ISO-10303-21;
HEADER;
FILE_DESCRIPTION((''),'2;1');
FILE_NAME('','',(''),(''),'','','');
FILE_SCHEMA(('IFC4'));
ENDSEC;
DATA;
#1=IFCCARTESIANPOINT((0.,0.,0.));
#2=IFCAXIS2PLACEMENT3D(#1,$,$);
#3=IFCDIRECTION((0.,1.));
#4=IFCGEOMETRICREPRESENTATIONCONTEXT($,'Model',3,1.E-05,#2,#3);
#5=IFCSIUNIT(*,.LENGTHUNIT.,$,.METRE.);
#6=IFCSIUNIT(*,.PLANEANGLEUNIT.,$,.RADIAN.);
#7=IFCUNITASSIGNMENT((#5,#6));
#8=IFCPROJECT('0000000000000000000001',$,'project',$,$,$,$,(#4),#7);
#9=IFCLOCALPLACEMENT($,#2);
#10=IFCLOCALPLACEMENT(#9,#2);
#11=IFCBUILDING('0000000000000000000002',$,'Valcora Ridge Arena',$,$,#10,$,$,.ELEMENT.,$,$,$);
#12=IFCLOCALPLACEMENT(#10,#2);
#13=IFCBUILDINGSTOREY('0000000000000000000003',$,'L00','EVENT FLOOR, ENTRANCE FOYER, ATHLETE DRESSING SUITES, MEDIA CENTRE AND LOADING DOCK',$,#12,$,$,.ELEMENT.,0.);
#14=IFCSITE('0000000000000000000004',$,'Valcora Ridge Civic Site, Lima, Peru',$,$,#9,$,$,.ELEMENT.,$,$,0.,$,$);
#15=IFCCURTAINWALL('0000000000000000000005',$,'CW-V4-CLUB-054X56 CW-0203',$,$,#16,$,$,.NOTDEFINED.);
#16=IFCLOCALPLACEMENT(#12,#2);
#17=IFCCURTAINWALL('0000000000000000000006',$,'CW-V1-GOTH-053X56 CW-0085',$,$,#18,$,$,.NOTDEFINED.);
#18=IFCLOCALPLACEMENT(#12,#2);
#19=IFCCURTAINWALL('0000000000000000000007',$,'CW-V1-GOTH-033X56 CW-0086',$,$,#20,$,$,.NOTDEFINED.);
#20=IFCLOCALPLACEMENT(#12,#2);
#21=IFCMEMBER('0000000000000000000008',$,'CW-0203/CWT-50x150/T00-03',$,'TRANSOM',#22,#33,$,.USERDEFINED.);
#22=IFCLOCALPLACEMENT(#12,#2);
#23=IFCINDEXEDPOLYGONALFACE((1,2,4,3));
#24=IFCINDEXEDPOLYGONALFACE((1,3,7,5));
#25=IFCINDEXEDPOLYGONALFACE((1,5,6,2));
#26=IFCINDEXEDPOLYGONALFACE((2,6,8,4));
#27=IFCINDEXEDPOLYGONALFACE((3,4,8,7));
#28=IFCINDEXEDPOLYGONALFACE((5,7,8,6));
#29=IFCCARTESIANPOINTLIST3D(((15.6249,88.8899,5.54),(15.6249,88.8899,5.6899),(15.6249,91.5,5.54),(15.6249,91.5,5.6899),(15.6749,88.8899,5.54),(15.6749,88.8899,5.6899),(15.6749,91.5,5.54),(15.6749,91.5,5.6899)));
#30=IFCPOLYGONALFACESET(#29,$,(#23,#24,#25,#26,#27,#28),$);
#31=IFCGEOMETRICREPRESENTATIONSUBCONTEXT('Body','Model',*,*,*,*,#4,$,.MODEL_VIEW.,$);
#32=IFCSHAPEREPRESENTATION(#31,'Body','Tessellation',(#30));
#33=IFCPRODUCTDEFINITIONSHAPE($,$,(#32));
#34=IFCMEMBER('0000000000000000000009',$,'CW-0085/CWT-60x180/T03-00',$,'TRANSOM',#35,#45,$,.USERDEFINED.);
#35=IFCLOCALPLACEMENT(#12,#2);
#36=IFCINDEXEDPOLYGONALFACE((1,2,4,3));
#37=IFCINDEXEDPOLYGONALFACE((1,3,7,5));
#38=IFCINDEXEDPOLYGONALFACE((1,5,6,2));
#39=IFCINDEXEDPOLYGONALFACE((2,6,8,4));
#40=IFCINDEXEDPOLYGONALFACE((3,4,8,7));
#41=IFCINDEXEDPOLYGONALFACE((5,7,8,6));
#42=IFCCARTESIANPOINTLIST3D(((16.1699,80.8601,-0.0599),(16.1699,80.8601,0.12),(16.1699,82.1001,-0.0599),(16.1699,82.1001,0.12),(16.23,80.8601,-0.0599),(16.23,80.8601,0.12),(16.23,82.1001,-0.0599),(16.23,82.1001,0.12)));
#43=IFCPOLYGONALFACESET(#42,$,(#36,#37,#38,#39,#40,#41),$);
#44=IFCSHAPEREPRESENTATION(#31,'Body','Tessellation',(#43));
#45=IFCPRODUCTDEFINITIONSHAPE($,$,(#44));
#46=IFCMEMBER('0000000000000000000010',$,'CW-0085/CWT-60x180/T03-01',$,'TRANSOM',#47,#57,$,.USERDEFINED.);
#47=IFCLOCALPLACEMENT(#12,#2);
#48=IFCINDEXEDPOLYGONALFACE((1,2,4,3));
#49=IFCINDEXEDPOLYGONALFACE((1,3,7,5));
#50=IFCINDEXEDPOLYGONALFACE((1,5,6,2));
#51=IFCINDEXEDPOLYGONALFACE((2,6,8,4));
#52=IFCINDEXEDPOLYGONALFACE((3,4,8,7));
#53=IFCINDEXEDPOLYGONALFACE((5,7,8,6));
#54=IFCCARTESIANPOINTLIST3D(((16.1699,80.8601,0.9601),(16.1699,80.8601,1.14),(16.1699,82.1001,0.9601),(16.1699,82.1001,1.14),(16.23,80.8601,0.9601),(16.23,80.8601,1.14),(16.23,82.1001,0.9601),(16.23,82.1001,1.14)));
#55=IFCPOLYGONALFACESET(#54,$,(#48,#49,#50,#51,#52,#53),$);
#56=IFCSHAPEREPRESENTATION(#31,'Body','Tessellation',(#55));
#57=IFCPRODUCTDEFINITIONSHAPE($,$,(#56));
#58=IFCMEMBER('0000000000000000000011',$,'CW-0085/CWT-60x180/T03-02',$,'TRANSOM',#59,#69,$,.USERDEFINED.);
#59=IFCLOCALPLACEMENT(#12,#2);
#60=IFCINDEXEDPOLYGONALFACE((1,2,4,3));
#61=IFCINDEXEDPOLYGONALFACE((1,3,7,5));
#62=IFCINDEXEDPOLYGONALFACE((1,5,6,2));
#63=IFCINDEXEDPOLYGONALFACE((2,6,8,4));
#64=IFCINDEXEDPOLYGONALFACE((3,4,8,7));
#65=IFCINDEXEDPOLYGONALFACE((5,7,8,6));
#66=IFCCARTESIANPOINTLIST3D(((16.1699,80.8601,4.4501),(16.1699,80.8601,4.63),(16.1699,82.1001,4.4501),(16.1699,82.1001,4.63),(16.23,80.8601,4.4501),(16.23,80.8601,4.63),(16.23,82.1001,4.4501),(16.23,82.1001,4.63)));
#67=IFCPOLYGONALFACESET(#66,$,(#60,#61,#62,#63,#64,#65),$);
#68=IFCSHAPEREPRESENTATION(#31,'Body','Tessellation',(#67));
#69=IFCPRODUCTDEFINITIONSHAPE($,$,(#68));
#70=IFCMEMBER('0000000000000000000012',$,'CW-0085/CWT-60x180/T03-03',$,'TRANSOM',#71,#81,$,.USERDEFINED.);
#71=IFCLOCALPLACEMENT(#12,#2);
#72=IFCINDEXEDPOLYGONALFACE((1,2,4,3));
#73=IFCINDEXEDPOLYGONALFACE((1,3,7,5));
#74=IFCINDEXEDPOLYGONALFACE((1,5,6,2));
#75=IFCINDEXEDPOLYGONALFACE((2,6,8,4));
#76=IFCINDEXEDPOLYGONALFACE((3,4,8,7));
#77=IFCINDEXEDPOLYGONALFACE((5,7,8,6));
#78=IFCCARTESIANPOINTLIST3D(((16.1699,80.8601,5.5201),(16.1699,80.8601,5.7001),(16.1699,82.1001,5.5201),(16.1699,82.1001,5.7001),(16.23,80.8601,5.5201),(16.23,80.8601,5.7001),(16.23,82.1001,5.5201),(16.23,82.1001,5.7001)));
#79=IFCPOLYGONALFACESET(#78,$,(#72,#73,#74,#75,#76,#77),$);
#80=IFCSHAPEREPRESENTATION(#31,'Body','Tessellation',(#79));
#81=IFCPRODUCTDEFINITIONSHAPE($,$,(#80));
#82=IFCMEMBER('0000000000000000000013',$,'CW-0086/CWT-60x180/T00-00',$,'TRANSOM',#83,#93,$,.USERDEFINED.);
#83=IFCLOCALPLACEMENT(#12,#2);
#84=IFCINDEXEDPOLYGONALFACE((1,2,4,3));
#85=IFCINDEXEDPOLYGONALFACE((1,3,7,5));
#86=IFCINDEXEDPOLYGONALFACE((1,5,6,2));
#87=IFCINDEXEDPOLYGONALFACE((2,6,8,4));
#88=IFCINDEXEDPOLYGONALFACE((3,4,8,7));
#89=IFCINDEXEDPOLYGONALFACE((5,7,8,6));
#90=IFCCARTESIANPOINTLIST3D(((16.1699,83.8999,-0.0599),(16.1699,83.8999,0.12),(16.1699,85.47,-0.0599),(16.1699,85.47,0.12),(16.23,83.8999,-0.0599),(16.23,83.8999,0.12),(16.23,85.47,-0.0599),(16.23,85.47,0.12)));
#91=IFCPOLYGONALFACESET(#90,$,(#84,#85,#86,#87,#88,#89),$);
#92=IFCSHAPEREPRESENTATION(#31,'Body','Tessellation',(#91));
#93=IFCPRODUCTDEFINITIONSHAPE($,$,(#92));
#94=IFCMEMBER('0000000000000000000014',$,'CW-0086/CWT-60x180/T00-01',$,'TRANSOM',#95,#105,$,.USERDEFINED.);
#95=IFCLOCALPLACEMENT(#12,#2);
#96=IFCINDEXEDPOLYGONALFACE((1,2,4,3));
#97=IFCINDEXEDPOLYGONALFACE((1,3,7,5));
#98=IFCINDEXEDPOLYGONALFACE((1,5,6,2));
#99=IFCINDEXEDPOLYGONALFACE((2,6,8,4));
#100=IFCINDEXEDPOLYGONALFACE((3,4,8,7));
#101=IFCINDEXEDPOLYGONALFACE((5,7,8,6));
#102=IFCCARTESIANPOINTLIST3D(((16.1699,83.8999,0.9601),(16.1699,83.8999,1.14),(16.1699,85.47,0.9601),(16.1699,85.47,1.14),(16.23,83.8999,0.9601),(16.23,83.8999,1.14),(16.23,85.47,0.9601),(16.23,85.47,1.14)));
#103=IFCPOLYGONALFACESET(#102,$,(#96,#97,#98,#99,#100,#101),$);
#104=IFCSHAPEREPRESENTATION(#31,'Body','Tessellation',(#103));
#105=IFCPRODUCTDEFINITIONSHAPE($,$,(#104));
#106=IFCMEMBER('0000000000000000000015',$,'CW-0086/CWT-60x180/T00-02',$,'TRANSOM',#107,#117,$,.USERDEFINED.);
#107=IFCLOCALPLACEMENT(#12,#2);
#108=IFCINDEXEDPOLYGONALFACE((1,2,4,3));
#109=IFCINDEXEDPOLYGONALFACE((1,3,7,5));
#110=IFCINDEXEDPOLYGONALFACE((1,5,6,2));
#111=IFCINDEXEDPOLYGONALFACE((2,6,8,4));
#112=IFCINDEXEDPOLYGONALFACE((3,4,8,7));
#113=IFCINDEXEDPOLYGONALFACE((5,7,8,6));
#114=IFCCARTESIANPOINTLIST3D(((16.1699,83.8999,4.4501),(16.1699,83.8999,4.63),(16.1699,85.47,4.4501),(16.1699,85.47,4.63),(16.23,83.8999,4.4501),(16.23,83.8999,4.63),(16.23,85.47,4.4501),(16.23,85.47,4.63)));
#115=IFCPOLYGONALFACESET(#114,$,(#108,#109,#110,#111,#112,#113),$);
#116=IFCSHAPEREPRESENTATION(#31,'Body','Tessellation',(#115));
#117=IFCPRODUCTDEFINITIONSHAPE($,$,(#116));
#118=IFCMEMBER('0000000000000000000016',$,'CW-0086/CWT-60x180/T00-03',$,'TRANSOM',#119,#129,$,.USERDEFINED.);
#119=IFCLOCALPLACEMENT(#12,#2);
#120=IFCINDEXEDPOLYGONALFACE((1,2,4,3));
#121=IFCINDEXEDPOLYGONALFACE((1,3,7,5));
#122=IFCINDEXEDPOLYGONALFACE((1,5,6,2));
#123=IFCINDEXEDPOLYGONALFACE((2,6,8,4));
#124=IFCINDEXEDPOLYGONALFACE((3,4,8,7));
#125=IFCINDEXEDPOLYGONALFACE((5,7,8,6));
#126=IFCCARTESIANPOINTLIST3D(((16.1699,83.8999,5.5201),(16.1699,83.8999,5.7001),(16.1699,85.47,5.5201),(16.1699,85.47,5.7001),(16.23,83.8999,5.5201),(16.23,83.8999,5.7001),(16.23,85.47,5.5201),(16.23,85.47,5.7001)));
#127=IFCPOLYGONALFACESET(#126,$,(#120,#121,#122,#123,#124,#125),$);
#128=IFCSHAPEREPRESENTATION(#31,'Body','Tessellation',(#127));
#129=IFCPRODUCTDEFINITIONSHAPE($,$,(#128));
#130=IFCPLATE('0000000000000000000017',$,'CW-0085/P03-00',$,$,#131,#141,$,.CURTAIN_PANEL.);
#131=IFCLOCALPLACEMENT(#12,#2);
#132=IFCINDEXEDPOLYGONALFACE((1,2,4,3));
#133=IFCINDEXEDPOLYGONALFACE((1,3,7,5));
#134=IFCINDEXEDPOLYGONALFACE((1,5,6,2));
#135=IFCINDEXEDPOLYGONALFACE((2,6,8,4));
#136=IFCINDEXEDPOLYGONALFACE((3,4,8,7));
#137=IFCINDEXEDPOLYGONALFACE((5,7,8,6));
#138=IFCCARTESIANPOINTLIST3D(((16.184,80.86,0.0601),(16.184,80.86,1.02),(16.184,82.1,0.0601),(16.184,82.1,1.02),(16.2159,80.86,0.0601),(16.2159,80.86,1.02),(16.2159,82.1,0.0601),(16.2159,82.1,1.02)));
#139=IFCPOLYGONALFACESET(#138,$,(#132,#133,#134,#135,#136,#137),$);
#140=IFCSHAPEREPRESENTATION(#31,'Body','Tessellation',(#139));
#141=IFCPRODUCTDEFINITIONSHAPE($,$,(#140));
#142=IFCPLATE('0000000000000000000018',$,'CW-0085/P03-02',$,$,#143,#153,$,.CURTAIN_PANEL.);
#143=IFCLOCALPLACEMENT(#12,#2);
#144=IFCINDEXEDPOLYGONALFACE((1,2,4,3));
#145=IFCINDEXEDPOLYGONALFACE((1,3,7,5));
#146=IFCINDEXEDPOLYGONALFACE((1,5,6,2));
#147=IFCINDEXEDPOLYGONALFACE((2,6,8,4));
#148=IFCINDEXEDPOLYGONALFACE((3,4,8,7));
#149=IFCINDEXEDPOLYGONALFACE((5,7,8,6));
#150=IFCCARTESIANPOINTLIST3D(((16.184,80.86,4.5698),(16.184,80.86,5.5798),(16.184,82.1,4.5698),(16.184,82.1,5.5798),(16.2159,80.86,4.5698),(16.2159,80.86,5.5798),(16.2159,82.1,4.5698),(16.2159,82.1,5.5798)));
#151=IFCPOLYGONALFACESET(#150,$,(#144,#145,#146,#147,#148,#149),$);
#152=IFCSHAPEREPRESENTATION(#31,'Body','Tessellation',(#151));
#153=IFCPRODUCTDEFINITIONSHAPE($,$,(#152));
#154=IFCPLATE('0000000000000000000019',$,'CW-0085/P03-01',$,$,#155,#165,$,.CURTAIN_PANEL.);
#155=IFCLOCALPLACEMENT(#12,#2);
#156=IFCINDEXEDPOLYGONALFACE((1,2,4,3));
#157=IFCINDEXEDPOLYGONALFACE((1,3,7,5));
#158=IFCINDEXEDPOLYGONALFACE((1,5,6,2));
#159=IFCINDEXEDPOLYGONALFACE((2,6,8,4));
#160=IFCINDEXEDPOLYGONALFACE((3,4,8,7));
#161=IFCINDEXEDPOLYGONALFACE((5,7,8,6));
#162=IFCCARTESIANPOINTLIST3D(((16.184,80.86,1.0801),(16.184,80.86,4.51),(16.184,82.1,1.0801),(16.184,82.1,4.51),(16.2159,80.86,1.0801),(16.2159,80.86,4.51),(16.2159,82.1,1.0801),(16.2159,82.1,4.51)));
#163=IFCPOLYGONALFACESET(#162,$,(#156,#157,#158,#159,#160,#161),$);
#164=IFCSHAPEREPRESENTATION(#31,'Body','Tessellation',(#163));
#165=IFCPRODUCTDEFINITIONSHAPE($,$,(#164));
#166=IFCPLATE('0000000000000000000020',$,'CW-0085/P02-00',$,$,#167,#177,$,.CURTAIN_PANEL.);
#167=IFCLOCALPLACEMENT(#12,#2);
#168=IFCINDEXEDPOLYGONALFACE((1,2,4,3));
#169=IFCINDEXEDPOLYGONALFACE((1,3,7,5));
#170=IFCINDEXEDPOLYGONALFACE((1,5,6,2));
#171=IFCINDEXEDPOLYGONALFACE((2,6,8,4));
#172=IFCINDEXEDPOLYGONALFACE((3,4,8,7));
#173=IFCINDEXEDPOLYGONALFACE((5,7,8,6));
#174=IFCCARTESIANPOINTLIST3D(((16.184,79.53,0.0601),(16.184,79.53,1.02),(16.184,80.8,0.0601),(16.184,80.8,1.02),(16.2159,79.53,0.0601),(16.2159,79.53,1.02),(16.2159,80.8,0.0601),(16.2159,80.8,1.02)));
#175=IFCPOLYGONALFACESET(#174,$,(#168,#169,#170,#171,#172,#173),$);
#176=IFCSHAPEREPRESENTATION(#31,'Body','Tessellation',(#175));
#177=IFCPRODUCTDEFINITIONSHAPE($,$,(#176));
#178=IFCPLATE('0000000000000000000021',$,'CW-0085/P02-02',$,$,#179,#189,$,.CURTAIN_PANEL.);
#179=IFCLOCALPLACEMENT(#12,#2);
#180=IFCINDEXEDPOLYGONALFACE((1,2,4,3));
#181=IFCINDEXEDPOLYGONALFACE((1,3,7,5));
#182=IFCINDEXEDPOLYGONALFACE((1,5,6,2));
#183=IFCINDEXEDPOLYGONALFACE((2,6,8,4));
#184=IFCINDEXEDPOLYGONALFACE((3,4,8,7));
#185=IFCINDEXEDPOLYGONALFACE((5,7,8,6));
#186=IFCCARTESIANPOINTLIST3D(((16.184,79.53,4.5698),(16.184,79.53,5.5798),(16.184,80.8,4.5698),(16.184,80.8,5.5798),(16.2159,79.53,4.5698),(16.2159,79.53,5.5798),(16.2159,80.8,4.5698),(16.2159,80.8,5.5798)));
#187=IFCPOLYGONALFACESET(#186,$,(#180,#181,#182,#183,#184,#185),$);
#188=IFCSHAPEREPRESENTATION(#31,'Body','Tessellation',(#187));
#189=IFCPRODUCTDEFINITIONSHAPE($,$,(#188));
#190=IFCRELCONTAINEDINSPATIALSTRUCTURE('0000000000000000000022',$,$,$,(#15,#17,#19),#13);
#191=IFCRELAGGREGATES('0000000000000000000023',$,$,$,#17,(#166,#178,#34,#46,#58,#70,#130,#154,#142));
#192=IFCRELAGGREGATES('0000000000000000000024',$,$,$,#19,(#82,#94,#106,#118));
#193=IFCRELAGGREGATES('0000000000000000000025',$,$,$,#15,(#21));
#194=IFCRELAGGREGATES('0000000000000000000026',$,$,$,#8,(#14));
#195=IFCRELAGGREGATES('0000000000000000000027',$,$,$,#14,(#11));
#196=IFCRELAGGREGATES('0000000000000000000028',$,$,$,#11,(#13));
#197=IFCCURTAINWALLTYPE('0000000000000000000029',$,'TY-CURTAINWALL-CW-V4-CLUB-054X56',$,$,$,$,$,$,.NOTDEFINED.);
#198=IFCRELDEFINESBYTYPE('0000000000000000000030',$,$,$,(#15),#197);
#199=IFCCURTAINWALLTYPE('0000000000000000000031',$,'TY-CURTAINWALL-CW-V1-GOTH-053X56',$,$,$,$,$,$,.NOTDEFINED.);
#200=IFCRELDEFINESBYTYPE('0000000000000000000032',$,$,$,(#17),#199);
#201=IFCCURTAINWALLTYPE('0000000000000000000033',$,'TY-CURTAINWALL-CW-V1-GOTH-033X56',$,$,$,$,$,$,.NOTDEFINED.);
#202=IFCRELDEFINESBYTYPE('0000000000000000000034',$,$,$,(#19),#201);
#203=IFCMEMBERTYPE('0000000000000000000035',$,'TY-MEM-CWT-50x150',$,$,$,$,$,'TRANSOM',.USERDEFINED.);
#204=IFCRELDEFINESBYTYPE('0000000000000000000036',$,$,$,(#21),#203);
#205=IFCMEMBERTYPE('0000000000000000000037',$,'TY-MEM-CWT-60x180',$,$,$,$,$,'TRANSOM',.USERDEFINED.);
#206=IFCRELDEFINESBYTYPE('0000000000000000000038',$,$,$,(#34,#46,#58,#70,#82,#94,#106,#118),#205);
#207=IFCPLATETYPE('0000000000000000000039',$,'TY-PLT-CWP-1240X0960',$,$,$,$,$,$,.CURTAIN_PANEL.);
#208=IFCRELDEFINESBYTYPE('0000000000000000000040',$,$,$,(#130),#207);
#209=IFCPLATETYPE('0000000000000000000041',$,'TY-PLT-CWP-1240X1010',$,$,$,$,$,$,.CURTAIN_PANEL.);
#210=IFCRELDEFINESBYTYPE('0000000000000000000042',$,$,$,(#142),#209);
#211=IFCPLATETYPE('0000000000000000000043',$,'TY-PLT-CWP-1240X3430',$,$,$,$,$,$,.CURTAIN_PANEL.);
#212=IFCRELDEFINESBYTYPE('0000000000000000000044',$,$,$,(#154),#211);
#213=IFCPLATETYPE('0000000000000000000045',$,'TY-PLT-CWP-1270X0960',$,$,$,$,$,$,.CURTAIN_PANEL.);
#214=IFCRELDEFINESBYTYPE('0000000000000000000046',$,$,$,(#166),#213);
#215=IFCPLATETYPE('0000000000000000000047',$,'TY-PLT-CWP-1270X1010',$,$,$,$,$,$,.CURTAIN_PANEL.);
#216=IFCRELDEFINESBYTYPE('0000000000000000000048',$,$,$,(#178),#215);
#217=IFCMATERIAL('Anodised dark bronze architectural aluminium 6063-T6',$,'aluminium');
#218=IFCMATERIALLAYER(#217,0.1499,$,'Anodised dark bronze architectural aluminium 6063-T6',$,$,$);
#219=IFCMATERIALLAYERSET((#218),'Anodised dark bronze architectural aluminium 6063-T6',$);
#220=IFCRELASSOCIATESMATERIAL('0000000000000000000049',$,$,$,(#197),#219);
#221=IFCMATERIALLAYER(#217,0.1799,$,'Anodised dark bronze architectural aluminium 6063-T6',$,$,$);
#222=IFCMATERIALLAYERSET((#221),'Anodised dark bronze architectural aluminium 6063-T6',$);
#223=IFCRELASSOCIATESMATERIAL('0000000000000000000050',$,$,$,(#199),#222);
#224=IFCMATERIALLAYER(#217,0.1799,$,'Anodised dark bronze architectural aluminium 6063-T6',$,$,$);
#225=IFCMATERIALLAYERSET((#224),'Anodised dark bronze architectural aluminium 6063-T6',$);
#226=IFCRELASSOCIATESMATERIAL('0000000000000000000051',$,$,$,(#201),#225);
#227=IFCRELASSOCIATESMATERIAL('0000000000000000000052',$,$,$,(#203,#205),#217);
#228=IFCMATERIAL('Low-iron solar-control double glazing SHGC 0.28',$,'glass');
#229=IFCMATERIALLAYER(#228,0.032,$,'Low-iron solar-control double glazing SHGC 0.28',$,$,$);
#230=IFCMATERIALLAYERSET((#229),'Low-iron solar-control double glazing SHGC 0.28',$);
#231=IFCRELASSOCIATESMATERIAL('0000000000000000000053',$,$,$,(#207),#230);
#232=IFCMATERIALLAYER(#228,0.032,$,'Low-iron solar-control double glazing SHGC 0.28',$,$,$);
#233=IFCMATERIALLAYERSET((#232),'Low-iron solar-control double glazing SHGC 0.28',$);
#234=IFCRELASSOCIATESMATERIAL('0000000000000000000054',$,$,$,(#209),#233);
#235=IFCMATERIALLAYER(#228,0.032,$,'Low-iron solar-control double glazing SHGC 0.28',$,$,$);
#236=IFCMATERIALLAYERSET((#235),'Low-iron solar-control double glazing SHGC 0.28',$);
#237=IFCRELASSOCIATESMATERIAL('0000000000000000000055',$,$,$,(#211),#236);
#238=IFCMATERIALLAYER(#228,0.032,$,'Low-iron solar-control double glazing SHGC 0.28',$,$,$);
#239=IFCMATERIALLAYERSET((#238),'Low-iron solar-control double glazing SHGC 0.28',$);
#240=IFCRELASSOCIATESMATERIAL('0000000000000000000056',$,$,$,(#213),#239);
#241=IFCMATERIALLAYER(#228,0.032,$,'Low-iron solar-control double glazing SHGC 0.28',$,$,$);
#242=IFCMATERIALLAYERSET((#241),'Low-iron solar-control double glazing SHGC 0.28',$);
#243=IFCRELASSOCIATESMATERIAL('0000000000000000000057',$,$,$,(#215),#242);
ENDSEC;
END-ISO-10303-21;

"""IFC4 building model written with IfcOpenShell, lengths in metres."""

from ifc_helpers import new_model, si_unit, direction, frame, origin, origin_2d, place, context, subcontext, project, spatial, rectangle, extrude, material, layer, layer_set, material_profile, profile_set, type_object, element, aggregate, save


model = new_model("IFC4")

# Units and contexts
model_context = context("Model", 3, precision=1e-05, world=origin(), true_north=direction((0.0, 1.0)))
body_context = subcontext(model_context, "Body", "Model", "MODEL_VIEW")
ifc_project = project(units=[si_unit("LENGTHUNIT", "METRE"), si_unit("PLANEANGLEUNIT", "RADIAN")], contexts=[model_context])

# Site, building, storey
site_placement = place(None, origin())
site = spatial("IfcSite", under=ifc_project, at=site_placement, Name="Valcora Ridge Civic Site, Lima, Peru", CompositionType="ELEMENT", RefElevation=0.0)
building_placement = place(site_placement, origin())
building = spatial("IfcBuilding", under=site, at=building_placement, Name="Valcora Ridge Arena", CompositionType="ELEMENT")
storey_placement = place(building_placement, origin())
storey = spatial("IfcBuildingStorey", under=building, at=storey_placement, Name="L00", Description="EVENT FLOOR, ENTRANCE FOYER, ATHLETE DRESSING SUITES, MEDIA CENTRE AND LOADING DOCK", CompositionType="ELEMENT", Elevation=0.0)

# Shared definitions
ifc_material_1 = material(Name="Anodised dark bronze architectural aluminium 6063-T6", Category="aluminium")

# Curtain wall
ifc_layer_1 = layer(ifc_material_1, 0.1499, Name="Anodised dark bronze architectural aluminium 6063-T6")
ifc_layer_set_1 = layer_set([ifc_layer_1], Name="Anodised dark bronze architectural aluminium 6063-T6")
curtain_wall_type_1 = type_object("IfcCurtainWallType", Name="TY-CURTAINWALL-CW-V4-CLUB-054X56", PredefinedType="NOTDEFINED", material=ifc_layer_set_1)
curtain_wall_1_placement = place(storey_placement, origin())
curtain_wall_1 = element("IfcCurtainWall", 1, at=curtain_wall_1_placement, inside=storey, type_object=curtain_wall_type_1, Name="CW-V4-CLUB-054X56 CW-0203", PredefinedType="NOTDEFINED")

# Curtain wall
ifc_layer_2 = layer(ifc_material_1, 0.1799, Name="Anodised dark bronze architectural aluminium 6063-T6")
ifc_layer_set_2 = layer_set([ifc_layer_2], Name="Anodised dark bronze architectural aluminium 6063-T6")
curtain_wall_type_2 = type_object("IfcCurtainWallType", Name="TY-CURTAINWALL-CW-V1-GOTH-053X56", PredefinedType="NOTDEFINED", material=ifc_layer_set_2)
curtain_wall_2_placement = place(storey_placement, origin())
curtain_wall_2 = element("IfcCurtainWall", 2, at=curtain_wall_2_placement, inside=storey, type_object=curtain_wall_type_2, Name="CW-V1-GOTH-053X56 CW-0085", PredefinedType="NOTDEFINED")

# Curtain wall
ifc_layer_3 = layer(ifc_material_1, 0.1799, Name="Anodised dark bronze architectural aluminium 6063-T6")
ifc_layer_set_3 = layer_set([ifc_layer_3], Name="Anodised dark bronze architectural aluminium 6063-T6")
curtain_wall_type_3 = type_object("IfcCurtainWallType", Name="TY-CURTAINWALL-CW-V1-GOTH-033X56", PredefinedType="NOTDEFINED", material=ifc_layer_set_3)
curtain_wall_3_placement = place(storey_placement, origin())
curtain_wall_3 = element("IfcCurtainWall", 3, at=curtain_wall_3_placement, inside=storey, type_object=curtain_wall_type_3, Name="CW-V1-GOTH-033X56 CW-0086", PredefinedType="NOTDEFINED")

# Members
ifc_material_profile_1 = material_profile(ifc_material_1, rectangle(XDim=0.05, YDim=0.1499, at=origin_2d()), Name="ALU TRANSOM 50x150")
ifc_profile_set_1 = profile_set([ifc_material_profile_1], Name="Anodised dark bronze architectural aluminium 6063-T6")
member_type_1 = type_object("IfcMemberType", Name="TY-MEM-CWT-50x150", ElementType="TRANSOM", PredefinedType="USERDEFINED", material=ifc_profile_set_1)
member_1_placement = place(storey_placement, frame((15.6499, 88.8899, 5.615), z_axis=(0.0, 1.0, 0.0), x_axis=(-1.0, 0.0, 0.0)))
member_1 = element("IfcMember", 4, at=member_1_placement, type_object=member_type_1, Name="CW-0203/CWT-50x150/T00-03", ObjectType="TRANSOM", PredefinedType="USERDEFINED", context=body_context, shape_type="SweptSolid", body=[
    extrude(rectangle(XDim=0.05, YDim=0.1499, at=origin_2d()), origin(), (0.0, 0.0, 1.0), 2.6101),
])
ifc_material_profile_2 = material_profile(ifc_material_1, rectangle(XDim=0.0601, YDim=0.1799, at=origin_2d()), Name="ALU TRANSOM 60x180")
ifc_profile_set_2 = profile_set([ifc_material_profile_2], Name="Anodised dark bronze architectural aluminium 6063-T6")
member_type_2 = type_object("IfcMemberType", Name="TY-MEM-CWT-60x180", ElementType="TRANSOM", PredefinedType="USERDEFINED", material=ifc_profile_set_2)
member_2_placement = place(storey_placement, frame((16.2, 80.8601, 0.03), z_axis=(0.0, 1.0, 0.0), x_axis=(-1.0, 0.0, 0.0)))
member_2 = element("IfcMember", 5, at=member_2_placement, type_object=member_type_2, Name="CW-0085/CWT-60x180/T03-00", ObjectType="TRANSOM", PredefinedType="USERDEFINED", context=body_context, shape_type="SweptSolid", body=[
    extrude(rectangle(XDim=0.0601, YDim=0.1799, at=origin_2d()), origin(), (0.0, 0.0, 1.0), 1.24),
])
member_3_placement = place(storey_placement, frame((16.2, 80.8601, 1.05), z_axis=(0.0, 1.0, 0.0), x_axis=(-1.0, 0.0, 0.0)))
member_3 = element("IfcMember", 6, at=member_3_placement, type_object=member_type_2, Name="CW-0085/CWT-60x180/T03-01", ObjectType="TRANSOM", PredefinedType="USERDEFINED", context=body_context, shape_type="SweptSolid", body=[
    extrude(rectangle(XDim=0.0601, YDim=0.1799, at=origin_2d()), origin(), (0.0, 0.0, 1.0), 1.24),
])
member_4_placement = place(storey_placement, frame((16.2, 80.8601, 4.54), z_axis=(0.0, 1.0, 0.0), x_axis=(-1.0, 0.0, 0.0)))
member_4 = element("IfcMember", 7, at=member_4_placement, type_object=member_type_2, Name="CW-0085/CWT-60x180/T03-02", ObjectType="TRANSOM", PredefinedType="USERDEFINED", context=body_context, shape_type="SweptSolid", body=[
    extrude(rectangle(XDim=0.0601, YDim=0.1799, at=origin_2d()), origin(), (0.0, 0.0, 1.0), 1.24),
])
member_5_placement = place(storey_placement, frame((16.2, 80.8601, 5.6101), z_axis=(0.0, 1.0, 0.0), x_axis=(-1.0, 0.0, 0.0)))
member_5 = element("IfcMember", 8, at=member_5_placement, type_object=member_type_2, Name="CW-0085/CWT-60x180/T03-03", ObjectType="TRANSOM", PredefinedType="USERDEFINED", context=body_context, shape_type="SweptSolid", body=[
    extrude(rectangle(XDim=0.0601, YDim=0.1799, at=origin_2d()), origin(), (0.0, 0.0, 1.0), 1.24),
])
member_6_placement = place(storey_placement, frame((16.2, 83.8999, 0.03), z_axis=(0.0, 1.0, 0.0), x_axis=(-1.0, 0.0, 0.0)))
member_6 = element("IfcMember", 9, at=member_6_placement, type_object=member_type_2, Name="CW-0086/CWT-60x180/T00-00", ObjectType="TRANSOM", PredefinedType="USERDEFINED", context=body_context, shape_type="SweptSolid", body=[
    extrude(rectangle(XDim=0.0601, YDim=0.1799, at=origin_2d()), origin(), (0.0, 0.0, 1.0), 1.5701),
])
member_7_placement = place(storey_placement, frame((16.2, 83.8999, 1.05), z_axis=(0.0, 1.0, 0.0), x_axis=(-1.0, 0.0, 0.0)))
member_7 = element("IfcMember", 10, at=member_7_placement, type_object=member_type_2, Name="CW-0086/CWT-60x180/T00-01", ObjectType="TRANSOM", PredefinedType="USERDEFINED", context=body_context, shape_type="SweptSolid", body=[
    extrude(rectangle(XDim=0.0601, YDim=0.1799, at=origin_2d()), origin(), (0.0, 0.0, 1.0), 1.5701),
])
member_8_placement = place(storey_placement, frame((16.2, 83.8999, 4.54), z_axis=(0.0, 1.0, 0.0), x_axis=(-1.0, 0.0, 0.0)))
member_8 = element("IfcMember", 11, at=member_8_placement, type_object=member_type_2, Name="CW-0086/CWT-60x180/T00-02", ObjectType="TRANSOM", PredefinedType="USERDEFINED", context=body_context, shape_type="SweptSolid", body=[
    extrude(rectangle(XDim=0.0601, YDim=0.1799, at=origin_2d()), origin(), (0.0, 0.0, 1.0), 1.5701),
])
member_9_placement = place(storey_placement, frame((16.2, 83.8999, 5.6101), z_axis=(0.0, 1.0, 0.0), x_axis=(-1.0, 0.0, 0.0)))
member_9 = element("IfcMember", 12, at=member_9_placement, type_object=member_type_2, Name="CW-0086/CWT-60x180/T00-03", ObjectType="TRANSOM", PredefinedType="USERDEFINED", context=body_context, shape_type="SweptSolid", body=[
    extrude(rectangle(XDim=0.0601, YDim=0.1799, at=origin_2d()), origin(), (0.0, 0.0, 1.0), 1.5701),
])

# Plates
ifc_material_2 = material(Name="Low-iron solar-control double glazing SHGC 0.28", Category="glass")
ifc_layer_4 = layer(ifc_material_2, 0.032, Name="Low-iron solar-control double glazing SHGC 0.28")
ifc_layer_set_4 = layer_set([ifc_layer_4], Name="Low-iron solar-control double glazing SHGC 0.28")
plate_type_1 = type_object("IfcPlateType", Name="TY-PLT-CWP-1240X0960", PredefinedType="CURTAIN_PANEL", material=ifc_layer_set_4)
plate_1_placement = place(storey_placement, frame((16.2, 81.48, 0.0601), z_axis=(0.0, 0.0, 1.0), x_axis=(0.0, 1.0, 0.0)))
plate_1 = element("IfcPlate", 13, at=plate_1_placement, type_object=plate_type_1, Name="CW-0085/P03-00", PredefinedType="CURTAIN_PANEL", context=body_context, shape_type="SweptSolid", body=[
    extrude(rectangle(XDim=1.24, YDim=0.032, at=origin_2d()), origin(), (0.0, 0.0, 1.0), 0.96),
])
ifc_layer_5 = layer(ifc_material_2, 0.032, Name="Low-iron solar-control double glazing SHGC 0.28")
ifc_layer_set_5 = layer_set([ifc_layer_5], Name="Low-iron solar-control double glazing SHGC 0.28")
plate_type_2 = type_object("IfcPlateType", Name="TY-PLT-CWP-1240X1010", PredefinedType="CURTAIN_PANEL", material=ifc_layer_set_5)
plate_2_placement = place(storey_placement, frame((16.2, 81.48, 4.5698), z_axis=(0.0, 0.0, 1.0), x_axis=(0.0, 1.0, 0.0)))
plate_2 = element("IfcPlate", 14, at=plate_2_placement, type_object=plate_type_2, Name="CW-0085/P03-02", PredefinedType="CURTAIN_PANEL", context=body_context, shape_type="SweptSolid", body=[
    extrude(rectangle(XDim=1.24, YDim=0.032, at=origin_2d()), origin(), (0.0, 0.0, 1.0), 1.01),
])
ifc_layer_6 = layer(ifc_material_2, 0.032, Name="Low-iron solar-control double glazing SHGC 0.28")
ifc_layer_set_6 = layer_set([ifc_layer_6], Name="Low-iron solar-control double glazing SHGC 0.28")
plate_type_3 = type_object("IfcPlateType", Name="TY-PLT-CWP-1240X3430", PredefinedType="CURTAIN_PANEL", material=ifc_layer_set_6)
plate_3_placement = place(storey_placement, frame((16.2, 81.48, 1.0801), z_axis=(0.0, 0.0, 1.0), x_axis=(0.0, 1.0, 0.0)))
plate_3 = element("IfcPlate", 15, at=plate_3_placement, type_object=plate_type_3, Name="CW-0085/P03-01", PredefinedType="CURTAIN_PANEL", context=body_context, shape_type="SweptSolid", body=[
    extrude(rectangle(XDim=1.24, YDim=0.032, at=origin_2d()), origin(), (0.0, 0.0, 1.0), 3.4299),
])
ifc_layer_7 = layer(ifc_material_2, 0.032, Name="Low-iron solar-control double glazing SHGC 0.28")
ifc_layer_set_7 = layer_set([ifc_layer_7], Name="Low-iron solar-control double glazing SHGC 0.28")
plate_type_4 = type_object("IfcPlateType", Name="TY-PLT-CWP-1270X0960", PredefinedType="CURTAIN_PANEL", material=ifc_layer_set_7)
plate_4_placement = place(storey_placement, frame((16.2, 80.165, 0.0601), z_axis=(0.0, 0.0, 1.0), x_axis=(0.0, 1.0, 0.0)))
plate_4 = element("IfcPlate", 16, at=plate_4_placement, type_object=plate_type_4, Name="CW-0085/P02-00", PredefinedType="CURTAIN_PANEL", context=body_context, shape_type="SweptSolid", body=[
    extrude(rectangle(XDim=1.27, YDim=0.032, at=origin_2d()), origin(), (0.0, 0.0, 1.0), 0.96),
])
ifc_layer_8 = layer(ifc_material_2, 0.032, Name="Low-iron solar-control double glazing SHGC 0.28")
ifc_layer_set_8 = layer_set([ifc_layer_8], Name="Low-iron solar-control double glazing SHGC 0.28")
plate_type_5 = type_object("IfcPlateType", Name="TY-PLT-CWP-1270X1010", PredefinedType="CURTAIN_PANEL", material=ifc_layer_set_8)
plate_5_placement = place(storey_placement, frame((16.2, 80.165, 4.5698), z_axis=(0.0, 0.0, 1.0), x_axis=(0.0, 1.0, 0.0)))
plate_5 = element("IfcPlate", 17, at=plate_5_placement, type_object=plate_type_5, Name="CW-0085/P02-02", PredefinedType="CURTAIN_PANEL", context=body_context, shape_type="SweptSolid", body=[
    extrude(rectangle(XDim=1.27, YDim=0.032, at=origin_2d()), origin(), (0.0, 0.0, 1.0), 1.01),
])
aggregate(curtain_wall_2, [plate_4, plate_5, member_2, member_3, member_4, member_5, plate_1, plate_3, plate_2])
aggregate(curtain_wall_3, [member_6, member_7, member_8, member_9])
aggregate(curtain_wall_1, [member_1])

save(model, "model.ifc")
